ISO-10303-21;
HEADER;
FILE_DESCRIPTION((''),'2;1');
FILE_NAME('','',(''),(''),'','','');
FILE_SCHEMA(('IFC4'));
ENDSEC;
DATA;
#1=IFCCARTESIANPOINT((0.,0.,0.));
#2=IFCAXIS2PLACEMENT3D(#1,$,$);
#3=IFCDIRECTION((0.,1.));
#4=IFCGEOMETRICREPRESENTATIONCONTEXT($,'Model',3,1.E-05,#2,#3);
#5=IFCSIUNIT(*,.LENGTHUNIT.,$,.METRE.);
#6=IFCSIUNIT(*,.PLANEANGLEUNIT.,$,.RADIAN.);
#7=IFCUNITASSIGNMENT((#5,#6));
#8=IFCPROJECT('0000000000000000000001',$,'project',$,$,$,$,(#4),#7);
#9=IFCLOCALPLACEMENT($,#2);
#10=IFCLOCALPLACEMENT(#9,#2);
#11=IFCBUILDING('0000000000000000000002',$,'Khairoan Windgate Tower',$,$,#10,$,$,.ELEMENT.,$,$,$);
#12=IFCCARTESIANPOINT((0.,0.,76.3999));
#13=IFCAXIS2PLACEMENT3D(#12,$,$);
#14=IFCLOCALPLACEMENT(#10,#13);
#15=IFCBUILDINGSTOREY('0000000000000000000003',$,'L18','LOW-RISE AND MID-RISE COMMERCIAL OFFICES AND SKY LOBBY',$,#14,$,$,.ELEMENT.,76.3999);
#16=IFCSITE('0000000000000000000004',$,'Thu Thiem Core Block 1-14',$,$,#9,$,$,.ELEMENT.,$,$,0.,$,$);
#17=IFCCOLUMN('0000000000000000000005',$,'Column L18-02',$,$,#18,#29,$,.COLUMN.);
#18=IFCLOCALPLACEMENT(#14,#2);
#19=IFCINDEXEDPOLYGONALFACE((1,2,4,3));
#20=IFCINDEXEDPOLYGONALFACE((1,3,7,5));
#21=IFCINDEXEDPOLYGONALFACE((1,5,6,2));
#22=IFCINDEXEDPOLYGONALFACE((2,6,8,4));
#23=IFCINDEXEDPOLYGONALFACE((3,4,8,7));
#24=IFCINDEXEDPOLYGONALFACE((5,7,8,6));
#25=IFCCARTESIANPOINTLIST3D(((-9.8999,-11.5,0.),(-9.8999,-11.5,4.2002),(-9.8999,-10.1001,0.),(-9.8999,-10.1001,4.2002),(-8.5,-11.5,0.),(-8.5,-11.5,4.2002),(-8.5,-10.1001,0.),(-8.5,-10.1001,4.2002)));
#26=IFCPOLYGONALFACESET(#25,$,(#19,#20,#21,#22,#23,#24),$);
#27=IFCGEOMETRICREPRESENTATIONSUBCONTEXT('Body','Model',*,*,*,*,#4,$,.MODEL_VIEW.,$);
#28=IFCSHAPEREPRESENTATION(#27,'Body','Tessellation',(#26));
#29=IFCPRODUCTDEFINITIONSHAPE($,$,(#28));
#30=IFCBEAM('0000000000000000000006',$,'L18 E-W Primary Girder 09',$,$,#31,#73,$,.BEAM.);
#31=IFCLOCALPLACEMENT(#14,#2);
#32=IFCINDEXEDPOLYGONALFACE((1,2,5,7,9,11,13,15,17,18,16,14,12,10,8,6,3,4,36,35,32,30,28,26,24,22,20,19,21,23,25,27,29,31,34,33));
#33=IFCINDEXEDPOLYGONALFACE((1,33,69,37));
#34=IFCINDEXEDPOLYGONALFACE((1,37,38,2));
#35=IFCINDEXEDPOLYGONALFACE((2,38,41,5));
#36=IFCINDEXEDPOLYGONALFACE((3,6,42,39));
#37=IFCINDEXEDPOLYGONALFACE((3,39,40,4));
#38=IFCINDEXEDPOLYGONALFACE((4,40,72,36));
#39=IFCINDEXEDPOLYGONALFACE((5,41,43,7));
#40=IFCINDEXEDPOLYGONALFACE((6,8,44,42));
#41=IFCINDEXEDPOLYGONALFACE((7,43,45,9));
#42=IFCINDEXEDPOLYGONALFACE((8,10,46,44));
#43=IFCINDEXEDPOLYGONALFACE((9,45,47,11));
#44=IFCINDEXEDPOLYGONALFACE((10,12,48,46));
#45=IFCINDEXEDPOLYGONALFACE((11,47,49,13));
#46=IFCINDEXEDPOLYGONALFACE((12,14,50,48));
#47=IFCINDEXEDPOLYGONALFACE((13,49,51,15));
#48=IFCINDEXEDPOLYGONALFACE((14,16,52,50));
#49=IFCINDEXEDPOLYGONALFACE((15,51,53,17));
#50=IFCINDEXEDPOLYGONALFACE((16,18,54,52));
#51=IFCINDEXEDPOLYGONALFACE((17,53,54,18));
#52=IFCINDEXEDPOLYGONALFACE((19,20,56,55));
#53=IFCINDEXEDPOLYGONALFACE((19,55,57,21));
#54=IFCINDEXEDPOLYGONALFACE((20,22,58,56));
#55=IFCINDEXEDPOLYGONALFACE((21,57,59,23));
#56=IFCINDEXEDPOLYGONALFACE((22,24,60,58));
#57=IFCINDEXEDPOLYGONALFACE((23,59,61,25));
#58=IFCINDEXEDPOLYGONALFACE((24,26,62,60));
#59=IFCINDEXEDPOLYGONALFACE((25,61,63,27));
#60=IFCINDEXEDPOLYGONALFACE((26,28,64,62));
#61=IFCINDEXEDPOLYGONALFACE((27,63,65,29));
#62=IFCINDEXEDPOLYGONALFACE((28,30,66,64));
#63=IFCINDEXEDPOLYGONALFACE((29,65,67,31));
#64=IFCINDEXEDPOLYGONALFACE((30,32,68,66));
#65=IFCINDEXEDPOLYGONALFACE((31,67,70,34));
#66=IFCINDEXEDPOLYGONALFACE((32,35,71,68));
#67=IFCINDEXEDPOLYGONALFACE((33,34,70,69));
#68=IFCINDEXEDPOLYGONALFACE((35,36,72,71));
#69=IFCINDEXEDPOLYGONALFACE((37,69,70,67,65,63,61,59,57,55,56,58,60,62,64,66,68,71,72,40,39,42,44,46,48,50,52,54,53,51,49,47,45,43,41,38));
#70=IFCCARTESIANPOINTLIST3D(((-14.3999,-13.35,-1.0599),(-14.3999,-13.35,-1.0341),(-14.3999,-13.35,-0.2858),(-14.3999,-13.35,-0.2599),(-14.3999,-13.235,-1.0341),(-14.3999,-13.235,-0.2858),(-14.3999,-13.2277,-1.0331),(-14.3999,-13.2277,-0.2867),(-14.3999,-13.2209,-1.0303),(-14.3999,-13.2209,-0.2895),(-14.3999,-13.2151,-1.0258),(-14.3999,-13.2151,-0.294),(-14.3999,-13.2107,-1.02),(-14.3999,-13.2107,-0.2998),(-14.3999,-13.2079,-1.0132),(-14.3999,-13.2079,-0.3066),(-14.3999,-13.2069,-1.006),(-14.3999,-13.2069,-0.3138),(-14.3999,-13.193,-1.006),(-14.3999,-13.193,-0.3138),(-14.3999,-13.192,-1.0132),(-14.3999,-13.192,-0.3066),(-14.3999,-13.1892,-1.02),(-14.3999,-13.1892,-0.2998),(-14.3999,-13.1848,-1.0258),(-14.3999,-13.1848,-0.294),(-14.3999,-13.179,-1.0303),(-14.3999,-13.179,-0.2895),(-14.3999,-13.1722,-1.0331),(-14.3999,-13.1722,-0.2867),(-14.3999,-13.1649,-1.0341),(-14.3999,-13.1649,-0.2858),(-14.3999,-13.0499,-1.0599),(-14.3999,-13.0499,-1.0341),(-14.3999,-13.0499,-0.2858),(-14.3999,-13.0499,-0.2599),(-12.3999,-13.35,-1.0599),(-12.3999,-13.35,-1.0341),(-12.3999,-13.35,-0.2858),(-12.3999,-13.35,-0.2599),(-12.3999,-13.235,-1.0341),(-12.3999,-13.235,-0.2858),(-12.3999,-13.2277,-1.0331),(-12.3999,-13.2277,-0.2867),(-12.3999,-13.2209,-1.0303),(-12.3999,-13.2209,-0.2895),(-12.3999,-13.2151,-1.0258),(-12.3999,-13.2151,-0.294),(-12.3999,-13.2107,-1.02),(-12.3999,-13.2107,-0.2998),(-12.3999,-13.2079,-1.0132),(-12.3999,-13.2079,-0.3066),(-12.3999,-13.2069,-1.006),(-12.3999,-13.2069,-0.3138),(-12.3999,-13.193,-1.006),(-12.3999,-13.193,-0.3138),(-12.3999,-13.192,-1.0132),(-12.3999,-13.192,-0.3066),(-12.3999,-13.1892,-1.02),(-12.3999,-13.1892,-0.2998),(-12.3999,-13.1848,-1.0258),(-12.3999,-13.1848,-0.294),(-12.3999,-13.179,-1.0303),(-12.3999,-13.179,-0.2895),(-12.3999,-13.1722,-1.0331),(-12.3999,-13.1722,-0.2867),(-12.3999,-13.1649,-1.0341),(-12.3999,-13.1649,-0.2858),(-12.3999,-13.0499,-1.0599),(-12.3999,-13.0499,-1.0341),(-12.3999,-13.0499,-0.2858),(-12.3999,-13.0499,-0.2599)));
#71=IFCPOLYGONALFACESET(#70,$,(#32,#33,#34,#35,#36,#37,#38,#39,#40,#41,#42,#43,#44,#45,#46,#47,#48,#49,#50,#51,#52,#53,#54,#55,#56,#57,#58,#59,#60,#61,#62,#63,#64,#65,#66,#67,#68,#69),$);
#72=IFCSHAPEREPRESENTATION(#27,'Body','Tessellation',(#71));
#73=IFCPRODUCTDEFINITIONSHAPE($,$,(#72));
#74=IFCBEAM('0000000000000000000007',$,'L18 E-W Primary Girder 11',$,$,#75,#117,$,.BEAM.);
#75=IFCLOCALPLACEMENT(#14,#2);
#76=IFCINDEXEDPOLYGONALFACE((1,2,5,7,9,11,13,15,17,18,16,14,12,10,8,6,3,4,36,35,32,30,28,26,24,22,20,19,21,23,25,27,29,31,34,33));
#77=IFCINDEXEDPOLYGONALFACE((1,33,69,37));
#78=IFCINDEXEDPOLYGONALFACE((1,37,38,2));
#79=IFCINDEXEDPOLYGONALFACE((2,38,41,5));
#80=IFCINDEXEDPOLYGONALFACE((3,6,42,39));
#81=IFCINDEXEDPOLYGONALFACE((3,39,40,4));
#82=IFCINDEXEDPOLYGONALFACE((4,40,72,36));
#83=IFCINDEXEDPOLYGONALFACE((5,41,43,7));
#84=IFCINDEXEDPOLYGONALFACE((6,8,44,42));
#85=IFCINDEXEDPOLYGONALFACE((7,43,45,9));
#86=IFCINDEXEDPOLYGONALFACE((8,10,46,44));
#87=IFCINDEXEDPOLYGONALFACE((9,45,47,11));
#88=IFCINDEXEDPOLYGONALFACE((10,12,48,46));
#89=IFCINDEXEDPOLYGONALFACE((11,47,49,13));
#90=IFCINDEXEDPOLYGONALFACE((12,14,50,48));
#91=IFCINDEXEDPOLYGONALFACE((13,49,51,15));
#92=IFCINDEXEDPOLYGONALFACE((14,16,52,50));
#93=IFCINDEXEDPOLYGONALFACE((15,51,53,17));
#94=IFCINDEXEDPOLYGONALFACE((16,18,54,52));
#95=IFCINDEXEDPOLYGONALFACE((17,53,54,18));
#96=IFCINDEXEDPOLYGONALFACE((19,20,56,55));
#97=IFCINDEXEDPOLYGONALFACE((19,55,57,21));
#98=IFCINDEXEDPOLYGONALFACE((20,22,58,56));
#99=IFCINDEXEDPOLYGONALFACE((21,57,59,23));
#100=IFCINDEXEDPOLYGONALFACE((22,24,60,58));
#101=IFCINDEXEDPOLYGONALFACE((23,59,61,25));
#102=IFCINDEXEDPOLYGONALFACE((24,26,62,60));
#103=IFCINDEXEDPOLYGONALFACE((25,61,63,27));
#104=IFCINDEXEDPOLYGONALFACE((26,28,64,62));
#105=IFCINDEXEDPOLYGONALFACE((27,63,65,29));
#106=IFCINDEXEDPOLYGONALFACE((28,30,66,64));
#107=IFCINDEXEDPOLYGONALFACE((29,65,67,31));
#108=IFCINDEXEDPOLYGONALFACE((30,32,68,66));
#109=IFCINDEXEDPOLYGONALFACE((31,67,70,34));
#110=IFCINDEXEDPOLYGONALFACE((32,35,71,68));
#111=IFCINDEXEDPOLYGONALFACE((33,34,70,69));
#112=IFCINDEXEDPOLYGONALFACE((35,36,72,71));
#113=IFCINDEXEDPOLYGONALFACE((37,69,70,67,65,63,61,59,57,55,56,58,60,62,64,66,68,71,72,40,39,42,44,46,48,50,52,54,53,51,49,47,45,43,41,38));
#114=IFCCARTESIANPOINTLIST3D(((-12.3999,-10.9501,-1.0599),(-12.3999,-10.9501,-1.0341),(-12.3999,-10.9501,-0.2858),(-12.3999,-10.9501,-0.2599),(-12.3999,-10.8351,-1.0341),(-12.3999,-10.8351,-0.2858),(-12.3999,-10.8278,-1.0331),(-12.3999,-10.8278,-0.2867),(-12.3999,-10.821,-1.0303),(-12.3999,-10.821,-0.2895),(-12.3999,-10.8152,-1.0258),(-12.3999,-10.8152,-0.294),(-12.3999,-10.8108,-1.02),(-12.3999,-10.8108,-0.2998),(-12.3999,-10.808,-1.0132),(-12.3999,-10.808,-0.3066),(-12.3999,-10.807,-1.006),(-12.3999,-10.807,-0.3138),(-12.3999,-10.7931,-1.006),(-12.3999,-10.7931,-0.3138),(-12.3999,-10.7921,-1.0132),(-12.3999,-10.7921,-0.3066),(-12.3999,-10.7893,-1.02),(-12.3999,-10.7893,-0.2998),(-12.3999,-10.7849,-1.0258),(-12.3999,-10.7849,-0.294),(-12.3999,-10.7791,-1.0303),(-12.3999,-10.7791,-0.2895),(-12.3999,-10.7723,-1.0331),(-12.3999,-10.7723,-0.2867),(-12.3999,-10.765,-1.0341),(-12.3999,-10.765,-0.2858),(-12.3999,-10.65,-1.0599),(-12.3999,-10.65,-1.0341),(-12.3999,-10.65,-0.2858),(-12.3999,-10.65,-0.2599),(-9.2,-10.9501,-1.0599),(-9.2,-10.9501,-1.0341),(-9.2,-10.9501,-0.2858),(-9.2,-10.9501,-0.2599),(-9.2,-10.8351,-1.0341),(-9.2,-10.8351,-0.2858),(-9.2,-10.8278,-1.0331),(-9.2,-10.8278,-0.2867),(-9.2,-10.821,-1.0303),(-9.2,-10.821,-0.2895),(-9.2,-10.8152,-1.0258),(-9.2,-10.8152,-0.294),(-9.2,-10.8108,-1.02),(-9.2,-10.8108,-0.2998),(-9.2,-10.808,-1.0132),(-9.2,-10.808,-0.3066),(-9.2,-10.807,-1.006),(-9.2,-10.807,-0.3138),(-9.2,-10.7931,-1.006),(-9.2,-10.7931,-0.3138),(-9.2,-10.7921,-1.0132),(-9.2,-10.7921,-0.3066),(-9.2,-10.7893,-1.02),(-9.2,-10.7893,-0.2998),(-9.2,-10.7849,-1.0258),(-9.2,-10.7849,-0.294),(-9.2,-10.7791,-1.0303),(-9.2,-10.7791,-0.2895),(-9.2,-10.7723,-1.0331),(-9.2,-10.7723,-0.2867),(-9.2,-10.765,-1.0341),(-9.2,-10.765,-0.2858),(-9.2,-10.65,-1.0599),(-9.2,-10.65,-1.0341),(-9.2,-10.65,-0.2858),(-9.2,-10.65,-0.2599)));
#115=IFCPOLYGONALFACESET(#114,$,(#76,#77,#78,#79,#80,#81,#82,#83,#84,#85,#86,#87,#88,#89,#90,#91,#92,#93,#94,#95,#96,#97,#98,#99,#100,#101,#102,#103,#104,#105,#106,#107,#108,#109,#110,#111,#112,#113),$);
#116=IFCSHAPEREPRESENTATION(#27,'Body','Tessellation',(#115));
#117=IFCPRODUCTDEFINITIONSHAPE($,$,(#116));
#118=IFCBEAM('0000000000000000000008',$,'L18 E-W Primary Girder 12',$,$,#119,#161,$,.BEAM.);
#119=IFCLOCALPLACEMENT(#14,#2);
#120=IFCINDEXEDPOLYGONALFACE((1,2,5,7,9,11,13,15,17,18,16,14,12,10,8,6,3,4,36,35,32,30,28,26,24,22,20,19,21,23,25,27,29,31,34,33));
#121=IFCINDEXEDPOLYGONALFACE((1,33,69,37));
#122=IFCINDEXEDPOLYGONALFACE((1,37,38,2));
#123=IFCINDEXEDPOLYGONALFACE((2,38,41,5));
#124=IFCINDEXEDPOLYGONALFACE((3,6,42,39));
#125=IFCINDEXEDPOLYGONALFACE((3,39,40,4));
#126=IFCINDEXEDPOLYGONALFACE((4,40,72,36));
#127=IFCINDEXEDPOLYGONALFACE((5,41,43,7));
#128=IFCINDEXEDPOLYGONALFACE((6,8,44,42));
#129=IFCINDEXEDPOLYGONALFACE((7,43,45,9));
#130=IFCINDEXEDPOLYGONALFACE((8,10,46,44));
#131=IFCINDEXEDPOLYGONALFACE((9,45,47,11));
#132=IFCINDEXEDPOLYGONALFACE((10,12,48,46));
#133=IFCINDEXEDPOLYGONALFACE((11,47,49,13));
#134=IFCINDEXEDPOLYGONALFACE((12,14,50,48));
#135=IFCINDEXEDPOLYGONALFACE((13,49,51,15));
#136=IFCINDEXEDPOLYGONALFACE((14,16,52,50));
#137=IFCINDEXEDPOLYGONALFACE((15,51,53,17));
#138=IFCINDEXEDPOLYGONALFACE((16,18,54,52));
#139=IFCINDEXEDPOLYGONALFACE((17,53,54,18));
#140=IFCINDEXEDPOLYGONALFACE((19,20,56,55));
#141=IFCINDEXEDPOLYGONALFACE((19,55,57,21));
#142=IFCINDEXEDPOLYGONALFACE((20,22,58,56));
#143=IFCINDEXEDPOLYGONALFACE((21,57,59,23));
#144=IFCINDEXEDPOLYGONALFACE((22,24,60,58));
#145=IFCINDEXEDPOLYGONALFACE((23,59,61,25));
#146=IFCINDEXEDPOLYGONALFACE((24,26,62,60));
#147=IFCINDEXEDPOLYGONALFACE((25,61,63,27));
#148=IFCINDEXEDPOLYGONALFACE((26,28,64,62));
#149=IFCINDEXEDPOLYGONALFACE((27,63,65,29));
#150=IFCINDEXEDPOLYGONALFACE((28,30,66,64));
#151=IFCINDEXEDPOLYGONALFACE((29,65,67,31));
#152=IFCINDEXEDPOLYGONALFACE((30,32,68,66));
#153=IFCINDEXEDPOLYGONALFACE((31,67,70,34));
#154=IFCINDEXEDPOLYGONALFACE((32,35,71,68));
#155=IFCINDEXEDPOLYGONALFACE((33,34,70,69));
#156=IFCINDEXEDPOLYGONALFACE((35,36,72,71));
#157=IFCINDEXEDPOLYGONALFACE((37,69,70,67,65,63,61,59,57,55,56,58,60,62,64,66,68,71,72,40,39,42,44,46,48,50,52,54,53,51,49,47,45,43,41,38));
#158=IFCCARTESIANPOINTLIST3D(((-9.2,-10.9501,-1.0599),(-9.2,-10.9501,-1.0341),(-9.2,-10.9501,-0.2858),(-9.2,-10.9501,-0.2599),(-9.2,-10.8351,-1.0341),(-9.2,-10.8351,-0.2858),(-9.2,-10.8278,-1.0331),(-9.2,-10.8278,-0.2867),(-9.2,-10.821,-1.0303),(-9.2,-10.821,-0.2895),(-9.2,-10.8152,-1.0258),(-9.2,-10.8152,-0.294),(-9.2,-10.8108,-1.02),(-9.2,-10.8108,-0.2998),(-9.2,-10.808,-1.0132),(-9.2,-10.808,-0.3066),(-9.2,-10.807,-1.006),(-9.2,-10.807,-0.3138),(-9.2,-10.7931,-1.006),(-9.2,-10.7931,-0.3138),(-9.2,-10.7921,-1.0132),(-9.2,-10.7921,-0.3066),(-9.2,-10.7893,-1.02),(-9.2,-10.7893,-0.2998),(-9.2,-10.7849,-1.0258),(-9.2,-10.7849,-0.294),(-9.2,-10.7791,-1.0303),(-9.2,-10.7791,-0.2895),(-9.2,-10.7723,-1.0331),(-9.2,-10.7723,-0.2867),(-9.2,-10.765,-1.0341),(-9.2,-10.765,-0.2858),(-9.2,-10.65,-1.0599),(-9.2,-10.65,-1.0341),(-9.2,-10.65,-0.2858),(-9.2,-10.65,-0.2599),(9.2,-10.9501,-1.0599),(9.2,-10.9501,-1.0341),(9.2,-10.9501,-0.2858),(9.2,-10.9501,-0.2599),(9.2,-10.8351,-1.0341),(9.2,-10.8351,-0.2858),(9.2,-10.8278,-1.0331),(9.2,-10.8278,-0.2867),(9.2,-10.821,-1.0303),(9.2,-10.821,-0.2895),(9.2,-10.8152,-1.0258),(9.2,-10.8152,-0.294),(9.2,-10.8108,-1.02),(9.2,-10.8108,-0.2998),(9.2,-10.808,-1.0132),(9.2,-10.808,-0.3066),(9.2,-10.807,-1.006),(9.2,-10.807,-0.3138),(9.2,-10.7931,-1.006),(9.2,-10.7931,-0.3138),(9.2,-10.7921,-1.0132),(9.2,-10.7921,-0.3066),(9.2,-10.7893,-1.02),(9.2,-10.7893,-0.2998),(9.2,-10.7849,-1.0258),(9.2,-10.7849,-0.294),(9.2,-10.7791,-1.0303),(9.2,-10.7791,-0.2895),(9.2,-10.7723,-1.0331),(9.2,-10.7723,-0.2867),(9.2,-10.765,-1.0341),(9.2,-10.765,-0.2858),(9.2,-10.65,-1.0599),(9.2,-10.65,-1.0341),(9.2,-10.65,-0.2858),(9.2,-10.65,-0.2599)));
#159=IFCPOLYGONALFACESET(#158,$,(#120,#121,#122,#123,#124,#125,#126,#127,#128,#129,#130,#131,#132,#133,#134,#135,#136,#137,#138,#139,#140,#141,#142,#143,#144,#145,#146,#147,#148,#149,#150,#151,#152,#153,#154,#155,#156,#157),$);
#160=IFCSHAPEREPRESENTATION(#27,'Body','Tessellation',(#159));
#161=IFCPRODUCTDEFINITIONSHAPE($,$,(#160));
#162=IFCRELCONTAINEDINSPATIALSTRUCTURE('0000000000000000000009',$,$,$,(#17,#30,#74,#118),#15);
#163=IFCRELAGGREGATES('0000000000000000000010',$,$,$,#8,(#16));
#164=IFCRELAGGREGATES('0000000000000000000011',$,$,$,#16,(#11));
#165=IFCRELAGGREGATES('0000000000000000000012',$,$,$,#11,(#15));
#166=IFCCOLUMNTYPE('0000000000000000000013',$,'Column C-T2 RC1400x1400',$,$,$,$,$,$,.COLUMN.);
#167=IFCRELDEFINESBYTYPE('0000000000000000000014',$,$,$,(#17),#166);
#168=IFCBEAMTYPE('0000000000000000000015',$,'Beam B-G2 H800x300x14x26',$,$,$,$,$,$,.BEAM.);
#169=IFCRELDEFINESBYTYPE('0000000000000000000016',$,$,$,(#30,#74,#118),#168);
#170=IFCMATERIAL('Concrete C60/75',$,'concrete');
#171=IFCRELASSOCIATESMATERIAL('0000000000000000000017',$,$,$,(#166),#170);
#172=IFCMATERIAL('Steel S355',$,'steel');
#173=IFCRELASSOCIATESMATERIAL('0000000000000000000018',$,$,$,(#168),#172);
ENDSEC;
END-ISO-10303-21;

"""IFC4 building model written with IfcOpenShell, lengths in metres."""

from ifc_helpers import new_model, si_unit, direction, frame, origin, origin_2d, place, context, subcontext, project, spatial, rectangle, i_section, extrude, material, material_profile, profile_set, type_object, element, save


model = new_model("IFC4")

# Units and contexts
model_context = context("Model", 3, precision=1e-05, world=origin(), true_north=direction((0.0, 1.0)))
body_context = subcontext(model_context, "Body", "Model", "MODEL_VIEW")
ifc_project = project(units=[si_unit("LENGTHUNIT", "METRE"), si_unit("PLANEANGLEUNIT", "RADIAN")], contexts=[model_context])

# Site, building, storey
site_placement = place(None, origin())
site = spatial("IfcSite", under=ifc_project, at=site_placement, Name="Thu Thiem Core Block 1-14", CompositionType="ELEMENT", RefElevation=0.0)
building_placement = place(site_placement, origin())
building = spatial("IfcBuilding", under=site, at=building_placement, Name="Khairoan Windgate Tower", CompositionType="ELEMENT")
storey_placement = place(building_placement, frame((0.0, 0.0, 76.3999)))
storey = spatial("IfcBuildingStorey", under=building, at=storey_placement, Name="L18", Description="LOW-RISE AND MID-RISE COMMERCIAL OFFICES AND SKY LOBBY", CompositionType="ELEMENT", Elevation=76.3999)

# Column
ifc_material_1 = material(Name="Concrete C60/75", Category="concrete")
ifc_material_profile_1 = material_profile(ifc_material_1, rectangle(XDim=1.3999, YDim=1.3999, at=origin_2d()))
ifc_profile_set_1 = profile_set([ifc_material_profile_1], Name="Concrete C60/75")
column_type = type_object("IfcColumnType", Name="Column C-T2 RC1400x1400", PredefinedType="COLUMN", material=ifc_profile_set_1)
column_placement = place(storey_placement, frame((-9.2, -10.8, 0.0), z_axis=(0.0, 0.0, 1.0), x_axis=(1.0, 0.0, 0.0)))
element("IfcColumn", 1, at=column_placement, inside=storey, type_object=column_type, Name="Column L18-02", PredefinedType="COLUMN", context=body_context, shape_type="SweptSolid", body=[
    extrude(rectangle(XDim=1.3999, YDim=1.3999, at=origin_2d()), origin(), (0.0, 0.0, 1.0), 4.2002),
])

# Beams
ifc_material_2 = material(Name="Steel S355", Category="steel")
ifc_material_profile_2 = material_profile(ifc_material_2, i_section(OverallWidth=0.3, OverallDepth=0.8, WebThickness=0.0139, FlangeThickness=0.0259, FilletRadius=0.0281, at=origin_2d()))
ifc_profile_set_2 = profile_set([ifc_material_profile_2], Name="Steel S355")
beam_type_1 = type_object("IfcBeamType", Name="Beam B-G2 H800x300x14x26", PredefinedType="BEAM", material=ifc_profile_set_2)
beam_1_placement = place(storey_placement, frame((-14.3999, -13.2, -0.6599), z_axis=(1.0, 0.0, 0.0), x_axis=(0.0, 1.0, 0.0)))
element("IfcBeam", 2, at=beam_1_placement, inside=storey, type_object=beam_type_1, Name="L18 E-W Primary Girder 09", PredefinedType="BEAM", context=body_context, shape_type="SweptSolid", body=[
    extrude(i_section(OverallWidth=0.3, OverallDepth=0.8, WebThickness=0.0139, FlangeThickness=0.0259, FilletRadius=0.0281, at=origin_2d()), origin(), (0.0, 0.0, 1.0), 2.0),
])
beam_2_placement = place(storey_placement, frame((-12.3999, -10.8, -0.6599), z_axis=(1.0, 0.0, 0.0), x_axis=(0.0, 1.0, 0.0)))
element("IfcBeam", 3, at=beam_2_placement, inside=storey, type_object=beam_type_1, Name="L18 E-W Primary Girder 11", PredefinedType="BEAM", context=body_context, shape_type="SweptSolid", body=[
    extrude(i_section(OverallWidth=0.3, OverallDepth=0.8, WebThickness=0.0139, FlangeThickness=0.0259, FilletRadius=0.0281, at=origin_2d()), origin(), (0.0, 0.0, 1.0), 3.2),
])
beam_3_placement = place(storey_placement, frame((-9.2, -10.8, -0.6599), z_axis=(1.0, 0.0, 0.0), x_axis=(0.0, 1.0, 0.0)))
element("IfcBeam", 4, at=beam_3_placement, inside=storey, type_object=beam_type_1, Name="L18 E-W Primary Girder 12", PredefinedType="BEAM", context=body_context, shape_type="SweptSolid", body=[
    extrude(i_section(OverallWidth=0.3, OverallDepth=0.8, WebThickness=0.0139, FlangeThickness=0.0259, FilletRadius=0.0281, at=origin_2d()), origin(), (0.0, 0.0, 1.0), 18.3999),
])

save(model, "model.ifc")
